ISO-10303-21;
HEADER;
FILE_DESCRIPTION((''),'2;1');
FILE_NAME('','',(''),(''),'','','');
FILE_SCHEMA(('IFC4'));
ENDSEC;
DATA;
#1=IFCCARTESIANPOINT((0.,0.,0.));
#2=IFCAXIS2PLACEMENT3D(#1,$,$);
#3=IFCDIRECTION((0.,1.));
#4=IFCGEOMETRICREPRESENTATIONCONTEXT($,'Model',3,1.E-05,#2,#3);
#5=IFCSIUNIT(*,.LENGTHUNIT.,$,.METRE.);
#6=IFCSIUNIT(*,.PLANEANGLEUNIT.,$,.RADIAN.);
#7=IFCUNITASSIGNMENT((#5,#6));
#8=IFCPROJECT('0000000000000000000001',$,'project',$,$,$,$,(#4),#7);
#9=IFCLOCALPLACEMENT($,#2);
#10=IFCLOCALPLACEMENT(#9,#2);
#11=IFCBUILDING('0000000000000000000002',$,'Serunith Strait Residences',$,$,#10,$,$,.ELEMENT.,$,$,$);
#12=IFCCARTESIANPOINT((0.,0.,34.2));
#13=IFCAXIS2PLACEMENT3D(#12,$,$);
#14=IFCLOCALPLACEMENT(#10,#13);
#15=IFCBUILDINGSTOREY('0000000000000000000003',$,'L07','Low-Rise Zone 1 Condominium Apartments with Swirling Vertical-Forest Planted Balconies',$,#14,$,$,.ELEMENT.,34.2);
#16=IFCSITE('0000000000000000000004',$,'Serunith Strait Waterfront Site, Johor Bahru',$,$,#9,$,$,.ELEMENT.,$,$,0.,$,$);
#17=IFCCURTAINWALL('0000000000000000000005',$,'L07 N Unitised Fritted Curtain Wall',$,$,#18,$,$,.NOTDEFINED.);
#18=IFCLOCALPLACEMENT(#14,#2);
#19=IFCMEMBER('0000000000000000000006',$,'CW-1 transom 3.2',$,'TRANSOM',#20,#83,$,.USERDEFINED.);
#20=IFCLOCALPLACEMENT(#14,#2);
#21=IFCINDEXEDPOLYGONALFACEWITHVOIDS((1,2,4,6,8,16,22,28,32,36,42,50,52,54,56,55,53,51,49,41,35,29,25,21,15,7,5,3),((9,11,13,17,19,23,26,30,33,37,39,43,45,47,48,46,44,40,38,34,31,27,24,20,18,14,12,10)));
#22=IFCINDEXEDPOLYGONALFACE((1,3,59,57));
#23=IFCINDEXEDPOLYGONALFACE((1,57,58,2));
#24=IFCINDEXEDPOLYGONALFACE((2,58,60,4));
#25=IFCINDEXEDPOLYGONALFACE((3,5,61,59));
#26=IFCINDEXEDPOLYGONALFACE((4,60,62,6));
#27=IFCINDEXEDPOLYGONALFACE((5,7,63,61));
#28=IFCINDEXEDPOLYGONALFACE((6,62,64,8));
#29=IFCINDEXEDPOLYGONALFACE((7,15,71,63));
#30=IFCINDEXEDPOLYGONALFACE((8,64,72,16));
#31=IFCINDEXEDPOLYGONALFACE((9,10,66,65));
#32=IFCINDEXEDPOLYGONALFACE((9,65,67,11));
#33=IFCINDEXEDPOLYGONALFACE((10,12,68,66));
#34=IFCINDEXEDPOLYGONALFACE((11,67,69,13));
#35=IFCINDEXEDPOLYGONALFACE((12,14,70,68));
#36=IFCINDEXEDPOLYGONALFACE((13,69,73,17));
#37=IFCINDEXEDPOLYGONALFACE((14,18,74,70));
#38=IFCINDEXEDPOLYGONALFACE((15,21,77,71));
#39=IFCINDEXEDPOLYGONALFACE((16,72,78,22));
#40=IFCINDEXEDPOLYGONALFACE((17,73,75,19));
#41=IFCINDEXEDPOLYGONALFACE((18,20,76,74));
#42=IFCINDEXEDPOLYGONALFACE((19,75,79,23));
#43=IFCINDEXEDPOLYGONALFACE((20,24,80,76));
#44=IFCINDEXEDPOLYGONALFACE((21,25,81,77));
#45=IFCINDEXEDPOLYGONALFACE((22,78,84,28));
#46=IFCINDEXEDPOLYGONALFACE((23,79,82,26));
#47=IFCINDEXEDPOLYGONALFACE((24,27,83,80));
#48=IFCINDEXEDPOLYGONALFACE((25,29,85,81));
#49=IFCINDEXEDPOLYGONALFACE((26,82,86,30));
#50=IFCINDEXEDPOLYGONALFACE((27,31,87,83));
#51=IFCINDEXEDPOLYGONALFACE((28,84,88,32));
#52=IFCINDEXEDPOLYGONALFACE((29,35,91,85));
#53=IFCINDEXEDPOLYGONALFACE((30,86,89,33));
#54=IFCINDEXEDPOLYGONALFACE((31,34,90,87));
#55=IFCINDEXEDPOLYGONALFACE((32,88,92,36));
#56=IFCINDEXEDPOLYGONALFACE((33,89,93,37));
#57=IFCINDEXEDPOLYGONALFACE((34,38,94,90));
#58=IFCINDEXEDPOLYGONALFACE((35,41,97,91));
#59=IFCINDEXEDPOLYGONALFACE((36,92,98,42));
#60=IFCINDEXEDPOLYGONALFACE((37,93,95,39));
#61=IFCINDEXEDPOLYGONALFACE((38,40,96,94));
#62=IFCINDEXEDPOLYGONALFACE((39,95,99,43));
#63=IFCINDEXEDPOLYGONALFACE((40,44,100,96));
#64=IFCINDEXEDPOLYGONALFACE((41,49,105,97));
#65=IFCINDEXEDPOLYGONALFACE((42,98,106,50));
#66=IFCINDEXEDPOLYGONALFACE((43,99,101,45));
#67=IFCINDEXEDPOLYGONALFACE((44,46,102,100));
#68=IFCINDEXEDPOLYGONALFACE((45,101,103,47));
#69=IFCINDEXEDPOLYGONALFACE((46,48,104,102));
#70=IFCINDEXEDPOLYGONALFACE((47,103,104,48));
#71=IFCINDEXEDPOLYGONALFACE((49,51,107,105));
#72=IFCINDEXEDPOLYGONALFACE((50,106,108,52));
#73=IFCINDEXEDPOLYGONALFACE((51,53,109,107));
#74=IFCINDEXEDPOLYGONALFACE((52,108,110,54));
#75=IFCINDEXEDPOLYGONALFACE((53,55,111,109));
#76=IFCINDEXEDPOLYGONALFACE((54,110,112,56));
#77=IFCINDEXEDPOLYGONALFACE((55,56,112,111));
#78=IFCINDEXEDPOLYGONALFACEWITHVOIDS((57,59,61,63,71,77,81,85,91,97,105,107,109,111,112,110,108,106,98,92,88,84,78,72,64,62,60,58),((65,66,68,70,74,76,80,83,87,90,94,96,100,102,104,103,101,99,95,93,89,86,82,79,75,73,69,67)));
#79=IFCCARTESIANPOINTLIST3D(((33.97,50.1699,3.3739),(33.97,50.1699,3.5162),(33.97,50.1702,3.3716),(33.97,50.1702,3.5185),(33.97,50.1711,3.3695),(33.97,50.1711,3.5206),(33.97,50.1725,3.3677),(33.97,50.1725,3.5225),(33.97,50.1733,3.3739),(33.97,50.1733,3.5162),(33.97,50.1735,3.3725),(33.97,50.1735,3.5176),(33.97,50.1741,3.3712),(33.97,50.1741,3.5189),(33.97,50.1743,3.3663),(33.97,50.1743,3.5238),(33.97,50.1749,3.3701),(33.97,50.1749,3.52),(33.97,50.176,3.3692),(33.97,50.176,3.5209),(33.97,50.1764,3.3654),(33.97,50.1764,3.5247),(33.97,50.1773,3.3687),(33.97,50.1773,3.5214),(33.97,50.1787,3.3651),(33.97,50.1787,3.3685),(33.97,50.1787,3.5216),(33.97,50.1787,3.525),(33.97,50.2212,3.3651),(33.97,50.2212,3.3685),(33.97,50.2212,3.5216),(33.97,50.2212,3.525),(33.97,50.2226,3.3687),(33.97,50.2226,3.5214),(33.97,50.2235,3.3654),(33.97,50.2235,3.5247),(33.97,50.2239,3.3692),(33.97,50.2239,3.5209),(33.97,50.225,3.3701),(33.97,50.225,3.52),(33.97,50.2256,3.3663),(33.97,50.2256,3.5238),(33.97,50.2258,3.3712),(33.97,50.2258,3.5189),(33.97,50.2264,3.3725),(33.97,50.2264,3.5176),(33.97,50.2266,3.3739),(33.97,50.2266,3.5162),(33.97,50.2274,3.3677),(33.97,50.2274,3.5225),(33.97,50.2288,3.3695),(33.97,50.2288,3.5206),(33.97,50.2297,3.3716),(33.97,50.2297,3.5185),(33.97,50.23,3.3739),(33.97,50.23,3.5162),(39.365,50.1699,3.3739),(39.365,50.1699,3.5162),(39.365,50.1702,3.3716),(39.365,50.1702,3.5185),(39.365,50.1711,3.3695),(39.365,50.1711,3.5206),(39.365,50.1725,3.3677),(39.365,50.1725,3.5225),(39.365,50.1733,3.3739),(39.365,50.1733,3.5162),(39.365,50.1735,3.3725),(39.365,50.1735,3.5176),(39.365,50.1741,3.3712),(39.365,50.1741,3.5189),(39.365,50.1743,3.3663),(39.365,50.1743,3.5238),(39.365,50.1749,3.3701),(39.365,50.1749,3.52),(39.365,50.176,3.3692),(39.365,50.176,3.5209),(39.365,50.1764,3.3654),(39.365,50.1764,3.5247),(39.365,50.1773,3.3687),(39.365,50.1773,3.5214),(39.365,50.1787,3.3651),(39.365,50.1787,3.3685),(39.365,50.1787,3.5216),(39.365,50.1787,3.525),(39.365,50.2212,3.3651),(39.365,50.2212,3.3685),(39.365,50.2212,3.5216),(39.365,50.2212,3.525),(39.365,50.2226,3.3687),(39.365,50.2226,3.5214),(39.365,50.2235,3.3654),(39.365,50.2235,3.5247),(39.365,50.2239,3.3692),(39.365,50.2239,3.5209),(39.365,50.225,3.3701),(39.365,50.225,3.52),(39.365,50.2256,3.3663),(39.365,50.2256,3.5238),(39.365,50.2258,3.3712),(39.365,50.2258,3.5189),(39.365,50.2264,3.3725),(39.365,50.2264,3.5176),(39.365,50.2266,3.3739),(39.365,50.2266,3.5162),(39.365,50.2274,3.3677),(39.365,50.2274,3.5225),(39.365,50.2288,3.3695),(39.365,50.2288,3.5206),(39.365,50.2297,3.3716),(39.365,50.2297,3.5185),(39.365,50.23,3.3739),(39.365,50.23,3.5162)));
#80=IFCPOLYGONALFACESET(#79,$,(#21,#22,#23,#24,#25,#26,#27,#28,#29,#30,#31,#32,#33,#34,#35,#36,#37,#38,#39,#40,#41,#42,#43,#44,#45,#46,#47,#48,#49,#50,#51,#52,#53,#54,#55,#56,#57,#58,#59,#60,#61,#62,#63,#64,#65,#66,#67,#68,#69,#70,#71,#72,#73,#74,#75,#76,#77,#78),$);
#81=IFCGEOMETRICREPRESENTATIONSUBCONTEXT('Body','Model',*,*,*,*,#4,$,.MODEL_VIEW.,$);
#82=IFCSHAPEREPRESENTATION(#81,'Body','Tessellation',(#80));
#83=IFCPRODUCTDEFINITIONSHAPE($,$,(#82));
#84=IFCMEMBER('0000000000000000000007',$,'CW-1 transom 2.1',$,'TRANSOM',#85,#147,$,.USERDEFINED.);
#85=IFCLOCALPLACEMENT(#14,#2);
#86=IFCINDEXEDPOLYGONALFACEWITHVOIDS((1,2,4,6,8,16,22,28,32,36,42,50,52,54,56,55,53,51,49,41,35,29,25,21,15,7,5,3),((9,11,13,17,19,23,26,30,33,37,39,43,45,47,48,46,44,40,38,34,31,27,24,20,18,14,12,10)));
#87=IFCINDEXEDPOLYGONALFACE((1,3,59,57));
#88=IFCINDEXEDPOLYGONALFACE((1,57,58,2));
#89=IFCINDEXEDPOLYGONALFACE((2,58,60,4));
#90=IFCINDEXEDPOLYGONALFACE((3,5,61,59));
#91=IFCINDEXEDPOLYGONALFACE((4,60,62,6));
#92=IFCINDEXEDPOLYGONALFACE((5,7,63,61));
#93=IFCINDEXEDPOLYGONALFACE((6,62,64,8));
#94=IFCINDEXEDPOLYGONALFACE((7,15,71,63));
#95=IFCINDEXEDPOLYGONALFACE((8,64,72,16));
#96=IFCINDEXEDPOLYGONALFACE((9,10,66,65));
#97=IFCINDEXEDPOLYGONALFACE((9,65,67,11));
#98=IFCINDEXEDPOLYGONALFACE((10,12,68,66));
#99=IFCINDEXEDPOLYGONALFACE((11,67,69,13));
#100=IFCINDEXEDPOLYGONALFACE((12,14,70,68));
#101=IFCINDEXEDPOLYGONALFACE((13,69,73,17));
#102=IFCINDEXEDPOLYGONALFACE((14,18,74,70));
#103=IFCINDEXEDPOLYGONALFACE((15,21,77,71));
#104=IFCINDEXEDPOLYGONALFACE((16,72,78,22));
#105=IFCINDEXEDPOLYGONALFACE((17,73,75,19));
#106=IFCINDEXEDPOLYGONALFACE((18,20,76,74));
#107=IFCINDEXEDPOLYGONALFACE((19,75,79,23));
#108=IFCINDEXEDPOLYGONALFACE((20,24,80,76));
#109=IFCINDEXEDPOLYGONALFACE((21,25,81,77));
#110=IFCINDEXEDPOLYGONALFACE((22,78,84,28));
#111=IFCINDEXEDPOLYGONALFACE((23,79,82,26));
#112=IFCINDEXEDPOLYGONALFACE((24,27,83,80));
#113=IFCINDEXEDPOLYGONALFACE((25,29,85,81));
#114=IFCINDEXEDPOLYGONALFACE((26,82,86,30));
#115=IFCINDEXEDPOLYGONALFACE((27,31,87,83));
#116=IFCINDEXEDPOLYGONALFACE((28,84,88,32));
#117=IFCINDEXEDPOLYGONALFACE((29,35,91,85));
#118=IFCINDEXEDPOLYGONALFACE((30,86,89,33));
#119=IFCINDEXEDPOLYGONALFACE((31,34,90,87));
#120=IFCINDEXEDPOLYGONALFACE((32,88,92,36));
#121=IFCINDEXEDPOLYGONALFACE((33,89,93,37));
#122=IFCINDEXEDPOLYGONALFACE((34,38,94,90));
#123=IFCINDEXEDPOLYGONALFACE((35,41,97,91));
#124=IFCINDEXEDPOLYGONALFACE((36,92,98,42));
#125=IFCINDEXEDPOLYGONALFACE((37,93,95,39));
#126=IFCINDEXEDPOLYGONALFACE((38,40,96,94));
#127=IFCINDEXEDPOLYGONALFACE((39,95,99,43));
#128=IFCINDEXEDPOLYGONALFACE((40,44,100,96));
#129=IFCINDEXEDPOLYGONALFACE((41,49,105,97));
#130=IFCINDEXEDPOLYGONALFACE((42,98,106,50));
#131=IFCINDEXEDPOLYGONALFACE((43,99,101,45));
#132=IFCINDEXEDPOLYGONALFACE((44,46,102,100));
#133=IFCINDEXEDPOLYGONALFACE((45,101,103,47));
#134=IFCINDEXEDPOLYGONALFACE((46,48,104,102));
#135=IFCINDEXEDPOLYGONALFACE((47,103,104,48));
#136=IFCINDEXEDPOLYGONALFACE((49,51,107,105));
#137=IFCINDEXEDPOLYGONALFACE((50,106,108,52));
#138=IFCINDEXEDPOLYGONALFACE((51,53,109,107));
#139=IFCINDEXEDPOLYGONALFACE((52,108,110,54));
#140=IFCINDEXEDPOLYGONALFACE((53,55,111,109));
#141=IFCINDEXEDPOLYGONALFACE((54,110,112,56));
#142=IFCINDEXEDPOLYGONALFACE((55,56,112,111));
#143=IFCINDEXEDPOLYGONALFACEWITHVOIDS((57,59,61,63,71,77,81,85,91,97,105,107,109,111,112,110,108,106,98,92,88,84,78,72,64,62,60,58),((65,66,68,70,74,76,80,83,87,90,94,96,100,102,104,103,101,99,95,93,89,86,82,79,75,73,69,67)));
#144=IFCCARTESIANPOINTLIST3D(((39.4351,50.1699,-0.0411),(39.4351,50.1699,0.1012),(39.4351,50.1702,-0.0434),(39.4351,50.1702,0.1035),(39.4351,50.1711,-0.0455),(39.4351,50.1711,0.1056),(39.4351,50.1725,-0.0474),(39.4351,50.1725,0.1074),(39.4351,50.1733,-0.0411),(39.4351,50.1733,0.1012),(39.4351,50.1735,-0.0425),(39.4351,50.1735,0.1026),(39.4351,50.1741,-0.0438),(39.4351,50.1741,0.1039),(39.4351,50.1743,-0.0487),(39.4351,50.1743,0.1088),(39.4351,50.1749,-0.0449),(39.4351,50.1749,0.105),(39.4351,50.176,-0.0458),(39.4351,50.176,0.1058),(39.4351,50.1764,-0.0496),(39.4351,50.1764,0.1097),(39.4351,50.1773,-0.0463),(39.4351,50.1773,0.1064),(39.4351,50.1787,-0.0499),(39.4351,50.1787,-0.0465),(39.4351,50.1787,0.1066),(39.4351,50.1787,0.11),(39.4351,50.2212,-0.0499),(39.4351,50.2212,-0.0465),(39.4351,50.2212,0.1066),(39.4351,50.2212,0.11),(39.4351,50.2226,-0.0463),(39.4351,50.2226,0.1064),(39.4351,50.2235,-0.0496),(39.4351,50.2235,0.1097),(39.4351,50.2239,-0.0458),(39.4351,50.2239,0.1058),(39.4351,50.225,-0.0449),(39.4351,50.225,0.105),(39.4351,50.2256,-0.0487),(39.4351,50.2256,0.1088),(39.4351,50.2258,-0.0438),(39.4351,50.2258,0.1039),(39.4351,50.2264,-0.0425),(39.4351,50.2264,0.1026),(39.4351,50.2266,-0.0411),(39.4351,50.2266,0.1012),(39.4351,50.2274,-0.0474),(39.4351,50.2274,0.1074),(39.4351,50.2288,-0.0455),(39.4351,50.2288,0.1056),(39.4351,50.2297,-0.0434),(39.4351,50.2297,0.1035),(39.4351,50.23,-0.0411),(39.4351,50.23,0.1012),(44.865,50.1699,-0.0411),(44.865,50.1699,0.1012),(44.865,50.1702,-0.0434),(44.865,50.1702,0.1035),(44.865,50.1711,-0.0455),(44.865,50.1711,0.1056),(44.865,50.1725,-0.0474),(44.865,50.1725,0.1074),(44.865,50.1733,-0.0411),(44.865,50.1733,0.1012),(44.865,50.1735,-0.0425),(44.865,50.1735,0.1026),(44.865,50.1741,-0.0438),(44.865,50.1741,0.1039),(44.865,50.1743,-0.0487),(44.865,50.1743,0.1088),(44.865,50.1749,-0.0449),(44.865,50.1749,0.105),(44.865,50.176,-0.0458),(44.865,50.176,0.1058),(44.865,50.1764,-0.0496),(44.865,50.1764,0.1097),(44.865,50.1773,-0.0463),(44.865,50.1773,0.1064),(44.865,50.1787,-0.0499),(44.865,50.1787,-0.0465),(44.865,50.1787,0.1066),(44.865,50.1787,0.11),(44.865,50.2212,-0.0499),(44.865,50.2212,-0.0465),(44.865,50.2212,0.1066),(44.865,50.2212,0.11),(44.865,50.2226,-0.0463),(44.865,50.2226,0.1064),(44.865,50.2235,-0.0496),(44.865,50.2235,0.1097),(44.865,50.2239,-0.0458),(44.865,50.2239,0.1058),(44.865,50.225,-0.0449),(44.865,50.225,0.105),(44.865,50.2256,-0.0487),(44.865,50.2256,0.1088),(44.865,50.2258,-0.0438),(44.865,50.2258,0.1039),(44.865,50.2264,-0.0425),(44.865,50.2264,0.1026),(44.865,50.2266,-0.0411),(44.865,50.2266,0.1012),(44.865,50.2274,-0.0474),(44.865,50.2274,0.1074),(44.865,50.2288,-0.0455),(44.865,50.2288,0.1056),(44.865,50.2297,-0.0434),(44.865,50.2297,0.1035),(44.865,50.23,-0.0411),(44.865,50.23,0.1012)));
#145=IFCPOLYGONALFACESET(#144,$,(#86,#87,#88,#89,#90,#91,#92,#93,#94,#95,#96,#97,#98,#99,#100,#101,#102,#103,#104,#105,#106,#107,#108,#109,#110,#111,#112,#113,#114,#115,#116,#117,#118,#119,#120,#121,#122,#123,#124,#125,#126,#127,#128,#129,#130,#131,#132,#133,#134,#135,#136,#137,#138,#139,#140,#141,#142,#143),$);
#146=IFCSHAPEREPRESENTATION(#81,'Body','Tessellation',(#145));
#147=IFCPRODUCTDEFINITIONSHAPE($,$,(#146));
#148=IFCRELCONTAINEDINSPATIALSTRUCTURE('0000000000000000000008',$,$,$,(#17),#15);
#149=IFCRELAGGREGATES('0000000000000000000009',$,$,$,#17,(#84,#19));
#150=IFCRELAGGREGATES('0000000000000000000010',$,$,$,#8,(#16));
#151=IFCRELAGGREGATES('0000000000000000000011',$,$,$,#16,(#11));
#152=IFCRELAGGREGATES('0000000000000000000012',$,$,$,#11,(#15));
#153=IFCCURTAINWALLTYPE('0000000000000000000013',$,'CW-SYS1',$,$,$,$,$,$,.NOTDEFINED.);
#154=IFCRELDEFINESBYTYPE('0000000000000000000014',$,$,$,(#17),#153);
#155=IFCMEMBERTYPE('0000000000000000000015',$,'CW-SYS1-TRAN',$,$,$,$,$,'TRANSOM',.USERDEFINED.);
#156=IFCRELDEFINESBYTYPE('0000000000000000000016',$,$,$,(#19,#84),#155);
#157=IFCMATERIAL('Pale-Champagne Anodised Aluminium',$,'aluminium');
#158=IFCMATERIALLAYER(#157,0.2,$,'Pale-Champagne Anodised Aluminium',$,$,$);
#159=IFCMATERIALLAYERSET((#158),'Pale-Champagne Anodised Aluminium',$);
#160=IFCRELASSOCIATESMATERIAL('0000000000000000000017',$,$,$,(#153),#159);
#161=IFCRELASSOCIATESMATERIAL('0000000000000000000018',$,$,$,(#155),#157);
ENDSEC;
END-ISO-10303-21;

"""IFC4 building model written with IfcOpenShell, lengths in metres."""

from ifc_helpers import new_model, si_unit, direction, frame, origin, origin_2d, place, context, subcontext, project, spatial, hollow_rectangle, extrude, source, transform, mapped, material, layer, layer_set, material_profile, profile_set, type_object, element, aggregate, save


model = new_model("IFC4")

# Units and contexts
model_context = context("Model", 3, precision=1e-05, world=origin(), true_north=direction((0.0, 1.0)))
body_context = subcontext(model_context, "Body", "Model", "MODEL_VIEW")
ifc_project = project(units=[si_unit("LENGTHUNIT", "METRE"), si_unit("PLANEANGLEUNIT", "RADIAN")], contexts=[model_context])

# Site, building, storey
site_placement = place(None, origin())
site = spatial("IfcSite", under=ifc_project, at=site_placement, Name="Serunith Strait Waterfront Site, Johor Bahru", CompositionType="ELEMENT", RefElevation=0.0)
building_placement = place(site_placement, origin())
building = spatial("IfcBuilding", under=site, at=building_placement, Name="Serunith Strait Residences", CompositionType="ELEMENT")
storey_placement = place(building_placement, frame((0.0, 0.0, 34.2)))
storey = spatial("IfcBuildingStorey", under=building, at=storey_placement, Name="L07", Description="Low-Rise Zone 1 Condominium Apartments with Swirling Vertical-Forest Planted Balconies", CompositionType="ELEMENT", Elevation=34.2)

# Curtain wall, members
ifc_material_1 = material(Name="Pale-Champagne Anodised Aluminium", Category="aluminium")
ifc_layer_1 = layer(ifc_material_1, 0.2, Name="Pale-Champagne Anodised Aluminium")
ifc_layer_set_1 = layer_set([ifc_layer_1], Name="Pale-Champagne Anodised Aluminium")
curtain_wall_type = type_object("IfcCurtainWallType", Name="CW-SYS1", PredefinedType="NOTDEFINED", material=ifc_layer_set_1)
curtain_wall_placement = place(storey_placement, origin())
curtain_wall = element("IfcCurtainWall", 1, at=curtain_wall_placement, inside=storey, type_object=curtain_wall_type, Name="L07 N Unitised Fritted Curtain Wall", PredefinedType="NOTDEFINED")
ifc_material_profile_1 = material_profile(ifc_material_1, hollow_rectangle(XDim=0.0601, YDim=0.1599, WallThickness=0.0034, InnerFilletRadius=0.0054, OuterFilletRadius=0.0088, at=origin_2d()), Name="ALU 160x60x3.5")
ifc_profile_set_1 = profile_set([ifc_material_profile_1], Name="Pale-Champagne Anodised Aluminium")
member_type_1 = type_object("IfcMemberType", Name="CW-SYS1-TRAN", ElementType="TRANSOM", PredefinedType="USERDEFINED", material=ifc_profile_set_1)
shared_shape_1 = source(origin(), body_context, "Body", "SweptSolid", [
    extrude(hollow_rectangle(XDim=0.0601, YDim=0.1599, WallThickness=0.0034, InnerFilletRadius=0.0054, OuterFilletRadius=0.0088, at=origin_2d()), origin(), (0.0, 0.0, 1.0), 5.395),
])
member_1_placement = place(storey_placement, frame((39.365, 50.2, 3.4451), z_axis=(-1.0, 0.0, 0.0), x_axis=(0.0, -1.0, 0.0)))
member_1 = element("IfcMember", 2, at=member_1_placement, type_object=member_type_1, Name="CW-1 transom 3.2", ObjectType="TRANSOM", PredefinedType="USERDEFINED", context=body_context, shape_type="MappedRepresentation", body=[
    mapped(shared_shape_1, transform((0.0, 0.0, 0.0), scale=1.0)),
])
shared_shape_2 = source(origin(), body_context, "Body", "SweptSolid", [
    extrude(hollow_rectangle(XDim=0.0601, YDim=0.1599, WallThickness=0.0034, InnerFilletRadius=0.0054, OuterFilletRadius=0.0088, at=origin_2d()), origin(), (0.0, 0.0, 1.0), 5.4299),
])
member_2_placement = place(storey_placement, frame((44.865, 50.2, 0.03), z_axis=(-1.0, 0.0, 0.0), x_axis=(0.0, -1.0, 0.0)))
member_2 = element("IfcMember", 3, at=member_2_placement, type_object=member_type_1, Name="CW-1 transom 2.1", ObjectType="TRANSOM", PredefinedType="USERDEFINED", context=body_context, shape_type="MappedRepresentation", body=[
    mapped(shared_shape_2, transform((0.0, 0.0, 0.0), scale=1.0)),
])
aggregate(curtain_wall, [member_2, member_1])

save(model, "model.ifc")
